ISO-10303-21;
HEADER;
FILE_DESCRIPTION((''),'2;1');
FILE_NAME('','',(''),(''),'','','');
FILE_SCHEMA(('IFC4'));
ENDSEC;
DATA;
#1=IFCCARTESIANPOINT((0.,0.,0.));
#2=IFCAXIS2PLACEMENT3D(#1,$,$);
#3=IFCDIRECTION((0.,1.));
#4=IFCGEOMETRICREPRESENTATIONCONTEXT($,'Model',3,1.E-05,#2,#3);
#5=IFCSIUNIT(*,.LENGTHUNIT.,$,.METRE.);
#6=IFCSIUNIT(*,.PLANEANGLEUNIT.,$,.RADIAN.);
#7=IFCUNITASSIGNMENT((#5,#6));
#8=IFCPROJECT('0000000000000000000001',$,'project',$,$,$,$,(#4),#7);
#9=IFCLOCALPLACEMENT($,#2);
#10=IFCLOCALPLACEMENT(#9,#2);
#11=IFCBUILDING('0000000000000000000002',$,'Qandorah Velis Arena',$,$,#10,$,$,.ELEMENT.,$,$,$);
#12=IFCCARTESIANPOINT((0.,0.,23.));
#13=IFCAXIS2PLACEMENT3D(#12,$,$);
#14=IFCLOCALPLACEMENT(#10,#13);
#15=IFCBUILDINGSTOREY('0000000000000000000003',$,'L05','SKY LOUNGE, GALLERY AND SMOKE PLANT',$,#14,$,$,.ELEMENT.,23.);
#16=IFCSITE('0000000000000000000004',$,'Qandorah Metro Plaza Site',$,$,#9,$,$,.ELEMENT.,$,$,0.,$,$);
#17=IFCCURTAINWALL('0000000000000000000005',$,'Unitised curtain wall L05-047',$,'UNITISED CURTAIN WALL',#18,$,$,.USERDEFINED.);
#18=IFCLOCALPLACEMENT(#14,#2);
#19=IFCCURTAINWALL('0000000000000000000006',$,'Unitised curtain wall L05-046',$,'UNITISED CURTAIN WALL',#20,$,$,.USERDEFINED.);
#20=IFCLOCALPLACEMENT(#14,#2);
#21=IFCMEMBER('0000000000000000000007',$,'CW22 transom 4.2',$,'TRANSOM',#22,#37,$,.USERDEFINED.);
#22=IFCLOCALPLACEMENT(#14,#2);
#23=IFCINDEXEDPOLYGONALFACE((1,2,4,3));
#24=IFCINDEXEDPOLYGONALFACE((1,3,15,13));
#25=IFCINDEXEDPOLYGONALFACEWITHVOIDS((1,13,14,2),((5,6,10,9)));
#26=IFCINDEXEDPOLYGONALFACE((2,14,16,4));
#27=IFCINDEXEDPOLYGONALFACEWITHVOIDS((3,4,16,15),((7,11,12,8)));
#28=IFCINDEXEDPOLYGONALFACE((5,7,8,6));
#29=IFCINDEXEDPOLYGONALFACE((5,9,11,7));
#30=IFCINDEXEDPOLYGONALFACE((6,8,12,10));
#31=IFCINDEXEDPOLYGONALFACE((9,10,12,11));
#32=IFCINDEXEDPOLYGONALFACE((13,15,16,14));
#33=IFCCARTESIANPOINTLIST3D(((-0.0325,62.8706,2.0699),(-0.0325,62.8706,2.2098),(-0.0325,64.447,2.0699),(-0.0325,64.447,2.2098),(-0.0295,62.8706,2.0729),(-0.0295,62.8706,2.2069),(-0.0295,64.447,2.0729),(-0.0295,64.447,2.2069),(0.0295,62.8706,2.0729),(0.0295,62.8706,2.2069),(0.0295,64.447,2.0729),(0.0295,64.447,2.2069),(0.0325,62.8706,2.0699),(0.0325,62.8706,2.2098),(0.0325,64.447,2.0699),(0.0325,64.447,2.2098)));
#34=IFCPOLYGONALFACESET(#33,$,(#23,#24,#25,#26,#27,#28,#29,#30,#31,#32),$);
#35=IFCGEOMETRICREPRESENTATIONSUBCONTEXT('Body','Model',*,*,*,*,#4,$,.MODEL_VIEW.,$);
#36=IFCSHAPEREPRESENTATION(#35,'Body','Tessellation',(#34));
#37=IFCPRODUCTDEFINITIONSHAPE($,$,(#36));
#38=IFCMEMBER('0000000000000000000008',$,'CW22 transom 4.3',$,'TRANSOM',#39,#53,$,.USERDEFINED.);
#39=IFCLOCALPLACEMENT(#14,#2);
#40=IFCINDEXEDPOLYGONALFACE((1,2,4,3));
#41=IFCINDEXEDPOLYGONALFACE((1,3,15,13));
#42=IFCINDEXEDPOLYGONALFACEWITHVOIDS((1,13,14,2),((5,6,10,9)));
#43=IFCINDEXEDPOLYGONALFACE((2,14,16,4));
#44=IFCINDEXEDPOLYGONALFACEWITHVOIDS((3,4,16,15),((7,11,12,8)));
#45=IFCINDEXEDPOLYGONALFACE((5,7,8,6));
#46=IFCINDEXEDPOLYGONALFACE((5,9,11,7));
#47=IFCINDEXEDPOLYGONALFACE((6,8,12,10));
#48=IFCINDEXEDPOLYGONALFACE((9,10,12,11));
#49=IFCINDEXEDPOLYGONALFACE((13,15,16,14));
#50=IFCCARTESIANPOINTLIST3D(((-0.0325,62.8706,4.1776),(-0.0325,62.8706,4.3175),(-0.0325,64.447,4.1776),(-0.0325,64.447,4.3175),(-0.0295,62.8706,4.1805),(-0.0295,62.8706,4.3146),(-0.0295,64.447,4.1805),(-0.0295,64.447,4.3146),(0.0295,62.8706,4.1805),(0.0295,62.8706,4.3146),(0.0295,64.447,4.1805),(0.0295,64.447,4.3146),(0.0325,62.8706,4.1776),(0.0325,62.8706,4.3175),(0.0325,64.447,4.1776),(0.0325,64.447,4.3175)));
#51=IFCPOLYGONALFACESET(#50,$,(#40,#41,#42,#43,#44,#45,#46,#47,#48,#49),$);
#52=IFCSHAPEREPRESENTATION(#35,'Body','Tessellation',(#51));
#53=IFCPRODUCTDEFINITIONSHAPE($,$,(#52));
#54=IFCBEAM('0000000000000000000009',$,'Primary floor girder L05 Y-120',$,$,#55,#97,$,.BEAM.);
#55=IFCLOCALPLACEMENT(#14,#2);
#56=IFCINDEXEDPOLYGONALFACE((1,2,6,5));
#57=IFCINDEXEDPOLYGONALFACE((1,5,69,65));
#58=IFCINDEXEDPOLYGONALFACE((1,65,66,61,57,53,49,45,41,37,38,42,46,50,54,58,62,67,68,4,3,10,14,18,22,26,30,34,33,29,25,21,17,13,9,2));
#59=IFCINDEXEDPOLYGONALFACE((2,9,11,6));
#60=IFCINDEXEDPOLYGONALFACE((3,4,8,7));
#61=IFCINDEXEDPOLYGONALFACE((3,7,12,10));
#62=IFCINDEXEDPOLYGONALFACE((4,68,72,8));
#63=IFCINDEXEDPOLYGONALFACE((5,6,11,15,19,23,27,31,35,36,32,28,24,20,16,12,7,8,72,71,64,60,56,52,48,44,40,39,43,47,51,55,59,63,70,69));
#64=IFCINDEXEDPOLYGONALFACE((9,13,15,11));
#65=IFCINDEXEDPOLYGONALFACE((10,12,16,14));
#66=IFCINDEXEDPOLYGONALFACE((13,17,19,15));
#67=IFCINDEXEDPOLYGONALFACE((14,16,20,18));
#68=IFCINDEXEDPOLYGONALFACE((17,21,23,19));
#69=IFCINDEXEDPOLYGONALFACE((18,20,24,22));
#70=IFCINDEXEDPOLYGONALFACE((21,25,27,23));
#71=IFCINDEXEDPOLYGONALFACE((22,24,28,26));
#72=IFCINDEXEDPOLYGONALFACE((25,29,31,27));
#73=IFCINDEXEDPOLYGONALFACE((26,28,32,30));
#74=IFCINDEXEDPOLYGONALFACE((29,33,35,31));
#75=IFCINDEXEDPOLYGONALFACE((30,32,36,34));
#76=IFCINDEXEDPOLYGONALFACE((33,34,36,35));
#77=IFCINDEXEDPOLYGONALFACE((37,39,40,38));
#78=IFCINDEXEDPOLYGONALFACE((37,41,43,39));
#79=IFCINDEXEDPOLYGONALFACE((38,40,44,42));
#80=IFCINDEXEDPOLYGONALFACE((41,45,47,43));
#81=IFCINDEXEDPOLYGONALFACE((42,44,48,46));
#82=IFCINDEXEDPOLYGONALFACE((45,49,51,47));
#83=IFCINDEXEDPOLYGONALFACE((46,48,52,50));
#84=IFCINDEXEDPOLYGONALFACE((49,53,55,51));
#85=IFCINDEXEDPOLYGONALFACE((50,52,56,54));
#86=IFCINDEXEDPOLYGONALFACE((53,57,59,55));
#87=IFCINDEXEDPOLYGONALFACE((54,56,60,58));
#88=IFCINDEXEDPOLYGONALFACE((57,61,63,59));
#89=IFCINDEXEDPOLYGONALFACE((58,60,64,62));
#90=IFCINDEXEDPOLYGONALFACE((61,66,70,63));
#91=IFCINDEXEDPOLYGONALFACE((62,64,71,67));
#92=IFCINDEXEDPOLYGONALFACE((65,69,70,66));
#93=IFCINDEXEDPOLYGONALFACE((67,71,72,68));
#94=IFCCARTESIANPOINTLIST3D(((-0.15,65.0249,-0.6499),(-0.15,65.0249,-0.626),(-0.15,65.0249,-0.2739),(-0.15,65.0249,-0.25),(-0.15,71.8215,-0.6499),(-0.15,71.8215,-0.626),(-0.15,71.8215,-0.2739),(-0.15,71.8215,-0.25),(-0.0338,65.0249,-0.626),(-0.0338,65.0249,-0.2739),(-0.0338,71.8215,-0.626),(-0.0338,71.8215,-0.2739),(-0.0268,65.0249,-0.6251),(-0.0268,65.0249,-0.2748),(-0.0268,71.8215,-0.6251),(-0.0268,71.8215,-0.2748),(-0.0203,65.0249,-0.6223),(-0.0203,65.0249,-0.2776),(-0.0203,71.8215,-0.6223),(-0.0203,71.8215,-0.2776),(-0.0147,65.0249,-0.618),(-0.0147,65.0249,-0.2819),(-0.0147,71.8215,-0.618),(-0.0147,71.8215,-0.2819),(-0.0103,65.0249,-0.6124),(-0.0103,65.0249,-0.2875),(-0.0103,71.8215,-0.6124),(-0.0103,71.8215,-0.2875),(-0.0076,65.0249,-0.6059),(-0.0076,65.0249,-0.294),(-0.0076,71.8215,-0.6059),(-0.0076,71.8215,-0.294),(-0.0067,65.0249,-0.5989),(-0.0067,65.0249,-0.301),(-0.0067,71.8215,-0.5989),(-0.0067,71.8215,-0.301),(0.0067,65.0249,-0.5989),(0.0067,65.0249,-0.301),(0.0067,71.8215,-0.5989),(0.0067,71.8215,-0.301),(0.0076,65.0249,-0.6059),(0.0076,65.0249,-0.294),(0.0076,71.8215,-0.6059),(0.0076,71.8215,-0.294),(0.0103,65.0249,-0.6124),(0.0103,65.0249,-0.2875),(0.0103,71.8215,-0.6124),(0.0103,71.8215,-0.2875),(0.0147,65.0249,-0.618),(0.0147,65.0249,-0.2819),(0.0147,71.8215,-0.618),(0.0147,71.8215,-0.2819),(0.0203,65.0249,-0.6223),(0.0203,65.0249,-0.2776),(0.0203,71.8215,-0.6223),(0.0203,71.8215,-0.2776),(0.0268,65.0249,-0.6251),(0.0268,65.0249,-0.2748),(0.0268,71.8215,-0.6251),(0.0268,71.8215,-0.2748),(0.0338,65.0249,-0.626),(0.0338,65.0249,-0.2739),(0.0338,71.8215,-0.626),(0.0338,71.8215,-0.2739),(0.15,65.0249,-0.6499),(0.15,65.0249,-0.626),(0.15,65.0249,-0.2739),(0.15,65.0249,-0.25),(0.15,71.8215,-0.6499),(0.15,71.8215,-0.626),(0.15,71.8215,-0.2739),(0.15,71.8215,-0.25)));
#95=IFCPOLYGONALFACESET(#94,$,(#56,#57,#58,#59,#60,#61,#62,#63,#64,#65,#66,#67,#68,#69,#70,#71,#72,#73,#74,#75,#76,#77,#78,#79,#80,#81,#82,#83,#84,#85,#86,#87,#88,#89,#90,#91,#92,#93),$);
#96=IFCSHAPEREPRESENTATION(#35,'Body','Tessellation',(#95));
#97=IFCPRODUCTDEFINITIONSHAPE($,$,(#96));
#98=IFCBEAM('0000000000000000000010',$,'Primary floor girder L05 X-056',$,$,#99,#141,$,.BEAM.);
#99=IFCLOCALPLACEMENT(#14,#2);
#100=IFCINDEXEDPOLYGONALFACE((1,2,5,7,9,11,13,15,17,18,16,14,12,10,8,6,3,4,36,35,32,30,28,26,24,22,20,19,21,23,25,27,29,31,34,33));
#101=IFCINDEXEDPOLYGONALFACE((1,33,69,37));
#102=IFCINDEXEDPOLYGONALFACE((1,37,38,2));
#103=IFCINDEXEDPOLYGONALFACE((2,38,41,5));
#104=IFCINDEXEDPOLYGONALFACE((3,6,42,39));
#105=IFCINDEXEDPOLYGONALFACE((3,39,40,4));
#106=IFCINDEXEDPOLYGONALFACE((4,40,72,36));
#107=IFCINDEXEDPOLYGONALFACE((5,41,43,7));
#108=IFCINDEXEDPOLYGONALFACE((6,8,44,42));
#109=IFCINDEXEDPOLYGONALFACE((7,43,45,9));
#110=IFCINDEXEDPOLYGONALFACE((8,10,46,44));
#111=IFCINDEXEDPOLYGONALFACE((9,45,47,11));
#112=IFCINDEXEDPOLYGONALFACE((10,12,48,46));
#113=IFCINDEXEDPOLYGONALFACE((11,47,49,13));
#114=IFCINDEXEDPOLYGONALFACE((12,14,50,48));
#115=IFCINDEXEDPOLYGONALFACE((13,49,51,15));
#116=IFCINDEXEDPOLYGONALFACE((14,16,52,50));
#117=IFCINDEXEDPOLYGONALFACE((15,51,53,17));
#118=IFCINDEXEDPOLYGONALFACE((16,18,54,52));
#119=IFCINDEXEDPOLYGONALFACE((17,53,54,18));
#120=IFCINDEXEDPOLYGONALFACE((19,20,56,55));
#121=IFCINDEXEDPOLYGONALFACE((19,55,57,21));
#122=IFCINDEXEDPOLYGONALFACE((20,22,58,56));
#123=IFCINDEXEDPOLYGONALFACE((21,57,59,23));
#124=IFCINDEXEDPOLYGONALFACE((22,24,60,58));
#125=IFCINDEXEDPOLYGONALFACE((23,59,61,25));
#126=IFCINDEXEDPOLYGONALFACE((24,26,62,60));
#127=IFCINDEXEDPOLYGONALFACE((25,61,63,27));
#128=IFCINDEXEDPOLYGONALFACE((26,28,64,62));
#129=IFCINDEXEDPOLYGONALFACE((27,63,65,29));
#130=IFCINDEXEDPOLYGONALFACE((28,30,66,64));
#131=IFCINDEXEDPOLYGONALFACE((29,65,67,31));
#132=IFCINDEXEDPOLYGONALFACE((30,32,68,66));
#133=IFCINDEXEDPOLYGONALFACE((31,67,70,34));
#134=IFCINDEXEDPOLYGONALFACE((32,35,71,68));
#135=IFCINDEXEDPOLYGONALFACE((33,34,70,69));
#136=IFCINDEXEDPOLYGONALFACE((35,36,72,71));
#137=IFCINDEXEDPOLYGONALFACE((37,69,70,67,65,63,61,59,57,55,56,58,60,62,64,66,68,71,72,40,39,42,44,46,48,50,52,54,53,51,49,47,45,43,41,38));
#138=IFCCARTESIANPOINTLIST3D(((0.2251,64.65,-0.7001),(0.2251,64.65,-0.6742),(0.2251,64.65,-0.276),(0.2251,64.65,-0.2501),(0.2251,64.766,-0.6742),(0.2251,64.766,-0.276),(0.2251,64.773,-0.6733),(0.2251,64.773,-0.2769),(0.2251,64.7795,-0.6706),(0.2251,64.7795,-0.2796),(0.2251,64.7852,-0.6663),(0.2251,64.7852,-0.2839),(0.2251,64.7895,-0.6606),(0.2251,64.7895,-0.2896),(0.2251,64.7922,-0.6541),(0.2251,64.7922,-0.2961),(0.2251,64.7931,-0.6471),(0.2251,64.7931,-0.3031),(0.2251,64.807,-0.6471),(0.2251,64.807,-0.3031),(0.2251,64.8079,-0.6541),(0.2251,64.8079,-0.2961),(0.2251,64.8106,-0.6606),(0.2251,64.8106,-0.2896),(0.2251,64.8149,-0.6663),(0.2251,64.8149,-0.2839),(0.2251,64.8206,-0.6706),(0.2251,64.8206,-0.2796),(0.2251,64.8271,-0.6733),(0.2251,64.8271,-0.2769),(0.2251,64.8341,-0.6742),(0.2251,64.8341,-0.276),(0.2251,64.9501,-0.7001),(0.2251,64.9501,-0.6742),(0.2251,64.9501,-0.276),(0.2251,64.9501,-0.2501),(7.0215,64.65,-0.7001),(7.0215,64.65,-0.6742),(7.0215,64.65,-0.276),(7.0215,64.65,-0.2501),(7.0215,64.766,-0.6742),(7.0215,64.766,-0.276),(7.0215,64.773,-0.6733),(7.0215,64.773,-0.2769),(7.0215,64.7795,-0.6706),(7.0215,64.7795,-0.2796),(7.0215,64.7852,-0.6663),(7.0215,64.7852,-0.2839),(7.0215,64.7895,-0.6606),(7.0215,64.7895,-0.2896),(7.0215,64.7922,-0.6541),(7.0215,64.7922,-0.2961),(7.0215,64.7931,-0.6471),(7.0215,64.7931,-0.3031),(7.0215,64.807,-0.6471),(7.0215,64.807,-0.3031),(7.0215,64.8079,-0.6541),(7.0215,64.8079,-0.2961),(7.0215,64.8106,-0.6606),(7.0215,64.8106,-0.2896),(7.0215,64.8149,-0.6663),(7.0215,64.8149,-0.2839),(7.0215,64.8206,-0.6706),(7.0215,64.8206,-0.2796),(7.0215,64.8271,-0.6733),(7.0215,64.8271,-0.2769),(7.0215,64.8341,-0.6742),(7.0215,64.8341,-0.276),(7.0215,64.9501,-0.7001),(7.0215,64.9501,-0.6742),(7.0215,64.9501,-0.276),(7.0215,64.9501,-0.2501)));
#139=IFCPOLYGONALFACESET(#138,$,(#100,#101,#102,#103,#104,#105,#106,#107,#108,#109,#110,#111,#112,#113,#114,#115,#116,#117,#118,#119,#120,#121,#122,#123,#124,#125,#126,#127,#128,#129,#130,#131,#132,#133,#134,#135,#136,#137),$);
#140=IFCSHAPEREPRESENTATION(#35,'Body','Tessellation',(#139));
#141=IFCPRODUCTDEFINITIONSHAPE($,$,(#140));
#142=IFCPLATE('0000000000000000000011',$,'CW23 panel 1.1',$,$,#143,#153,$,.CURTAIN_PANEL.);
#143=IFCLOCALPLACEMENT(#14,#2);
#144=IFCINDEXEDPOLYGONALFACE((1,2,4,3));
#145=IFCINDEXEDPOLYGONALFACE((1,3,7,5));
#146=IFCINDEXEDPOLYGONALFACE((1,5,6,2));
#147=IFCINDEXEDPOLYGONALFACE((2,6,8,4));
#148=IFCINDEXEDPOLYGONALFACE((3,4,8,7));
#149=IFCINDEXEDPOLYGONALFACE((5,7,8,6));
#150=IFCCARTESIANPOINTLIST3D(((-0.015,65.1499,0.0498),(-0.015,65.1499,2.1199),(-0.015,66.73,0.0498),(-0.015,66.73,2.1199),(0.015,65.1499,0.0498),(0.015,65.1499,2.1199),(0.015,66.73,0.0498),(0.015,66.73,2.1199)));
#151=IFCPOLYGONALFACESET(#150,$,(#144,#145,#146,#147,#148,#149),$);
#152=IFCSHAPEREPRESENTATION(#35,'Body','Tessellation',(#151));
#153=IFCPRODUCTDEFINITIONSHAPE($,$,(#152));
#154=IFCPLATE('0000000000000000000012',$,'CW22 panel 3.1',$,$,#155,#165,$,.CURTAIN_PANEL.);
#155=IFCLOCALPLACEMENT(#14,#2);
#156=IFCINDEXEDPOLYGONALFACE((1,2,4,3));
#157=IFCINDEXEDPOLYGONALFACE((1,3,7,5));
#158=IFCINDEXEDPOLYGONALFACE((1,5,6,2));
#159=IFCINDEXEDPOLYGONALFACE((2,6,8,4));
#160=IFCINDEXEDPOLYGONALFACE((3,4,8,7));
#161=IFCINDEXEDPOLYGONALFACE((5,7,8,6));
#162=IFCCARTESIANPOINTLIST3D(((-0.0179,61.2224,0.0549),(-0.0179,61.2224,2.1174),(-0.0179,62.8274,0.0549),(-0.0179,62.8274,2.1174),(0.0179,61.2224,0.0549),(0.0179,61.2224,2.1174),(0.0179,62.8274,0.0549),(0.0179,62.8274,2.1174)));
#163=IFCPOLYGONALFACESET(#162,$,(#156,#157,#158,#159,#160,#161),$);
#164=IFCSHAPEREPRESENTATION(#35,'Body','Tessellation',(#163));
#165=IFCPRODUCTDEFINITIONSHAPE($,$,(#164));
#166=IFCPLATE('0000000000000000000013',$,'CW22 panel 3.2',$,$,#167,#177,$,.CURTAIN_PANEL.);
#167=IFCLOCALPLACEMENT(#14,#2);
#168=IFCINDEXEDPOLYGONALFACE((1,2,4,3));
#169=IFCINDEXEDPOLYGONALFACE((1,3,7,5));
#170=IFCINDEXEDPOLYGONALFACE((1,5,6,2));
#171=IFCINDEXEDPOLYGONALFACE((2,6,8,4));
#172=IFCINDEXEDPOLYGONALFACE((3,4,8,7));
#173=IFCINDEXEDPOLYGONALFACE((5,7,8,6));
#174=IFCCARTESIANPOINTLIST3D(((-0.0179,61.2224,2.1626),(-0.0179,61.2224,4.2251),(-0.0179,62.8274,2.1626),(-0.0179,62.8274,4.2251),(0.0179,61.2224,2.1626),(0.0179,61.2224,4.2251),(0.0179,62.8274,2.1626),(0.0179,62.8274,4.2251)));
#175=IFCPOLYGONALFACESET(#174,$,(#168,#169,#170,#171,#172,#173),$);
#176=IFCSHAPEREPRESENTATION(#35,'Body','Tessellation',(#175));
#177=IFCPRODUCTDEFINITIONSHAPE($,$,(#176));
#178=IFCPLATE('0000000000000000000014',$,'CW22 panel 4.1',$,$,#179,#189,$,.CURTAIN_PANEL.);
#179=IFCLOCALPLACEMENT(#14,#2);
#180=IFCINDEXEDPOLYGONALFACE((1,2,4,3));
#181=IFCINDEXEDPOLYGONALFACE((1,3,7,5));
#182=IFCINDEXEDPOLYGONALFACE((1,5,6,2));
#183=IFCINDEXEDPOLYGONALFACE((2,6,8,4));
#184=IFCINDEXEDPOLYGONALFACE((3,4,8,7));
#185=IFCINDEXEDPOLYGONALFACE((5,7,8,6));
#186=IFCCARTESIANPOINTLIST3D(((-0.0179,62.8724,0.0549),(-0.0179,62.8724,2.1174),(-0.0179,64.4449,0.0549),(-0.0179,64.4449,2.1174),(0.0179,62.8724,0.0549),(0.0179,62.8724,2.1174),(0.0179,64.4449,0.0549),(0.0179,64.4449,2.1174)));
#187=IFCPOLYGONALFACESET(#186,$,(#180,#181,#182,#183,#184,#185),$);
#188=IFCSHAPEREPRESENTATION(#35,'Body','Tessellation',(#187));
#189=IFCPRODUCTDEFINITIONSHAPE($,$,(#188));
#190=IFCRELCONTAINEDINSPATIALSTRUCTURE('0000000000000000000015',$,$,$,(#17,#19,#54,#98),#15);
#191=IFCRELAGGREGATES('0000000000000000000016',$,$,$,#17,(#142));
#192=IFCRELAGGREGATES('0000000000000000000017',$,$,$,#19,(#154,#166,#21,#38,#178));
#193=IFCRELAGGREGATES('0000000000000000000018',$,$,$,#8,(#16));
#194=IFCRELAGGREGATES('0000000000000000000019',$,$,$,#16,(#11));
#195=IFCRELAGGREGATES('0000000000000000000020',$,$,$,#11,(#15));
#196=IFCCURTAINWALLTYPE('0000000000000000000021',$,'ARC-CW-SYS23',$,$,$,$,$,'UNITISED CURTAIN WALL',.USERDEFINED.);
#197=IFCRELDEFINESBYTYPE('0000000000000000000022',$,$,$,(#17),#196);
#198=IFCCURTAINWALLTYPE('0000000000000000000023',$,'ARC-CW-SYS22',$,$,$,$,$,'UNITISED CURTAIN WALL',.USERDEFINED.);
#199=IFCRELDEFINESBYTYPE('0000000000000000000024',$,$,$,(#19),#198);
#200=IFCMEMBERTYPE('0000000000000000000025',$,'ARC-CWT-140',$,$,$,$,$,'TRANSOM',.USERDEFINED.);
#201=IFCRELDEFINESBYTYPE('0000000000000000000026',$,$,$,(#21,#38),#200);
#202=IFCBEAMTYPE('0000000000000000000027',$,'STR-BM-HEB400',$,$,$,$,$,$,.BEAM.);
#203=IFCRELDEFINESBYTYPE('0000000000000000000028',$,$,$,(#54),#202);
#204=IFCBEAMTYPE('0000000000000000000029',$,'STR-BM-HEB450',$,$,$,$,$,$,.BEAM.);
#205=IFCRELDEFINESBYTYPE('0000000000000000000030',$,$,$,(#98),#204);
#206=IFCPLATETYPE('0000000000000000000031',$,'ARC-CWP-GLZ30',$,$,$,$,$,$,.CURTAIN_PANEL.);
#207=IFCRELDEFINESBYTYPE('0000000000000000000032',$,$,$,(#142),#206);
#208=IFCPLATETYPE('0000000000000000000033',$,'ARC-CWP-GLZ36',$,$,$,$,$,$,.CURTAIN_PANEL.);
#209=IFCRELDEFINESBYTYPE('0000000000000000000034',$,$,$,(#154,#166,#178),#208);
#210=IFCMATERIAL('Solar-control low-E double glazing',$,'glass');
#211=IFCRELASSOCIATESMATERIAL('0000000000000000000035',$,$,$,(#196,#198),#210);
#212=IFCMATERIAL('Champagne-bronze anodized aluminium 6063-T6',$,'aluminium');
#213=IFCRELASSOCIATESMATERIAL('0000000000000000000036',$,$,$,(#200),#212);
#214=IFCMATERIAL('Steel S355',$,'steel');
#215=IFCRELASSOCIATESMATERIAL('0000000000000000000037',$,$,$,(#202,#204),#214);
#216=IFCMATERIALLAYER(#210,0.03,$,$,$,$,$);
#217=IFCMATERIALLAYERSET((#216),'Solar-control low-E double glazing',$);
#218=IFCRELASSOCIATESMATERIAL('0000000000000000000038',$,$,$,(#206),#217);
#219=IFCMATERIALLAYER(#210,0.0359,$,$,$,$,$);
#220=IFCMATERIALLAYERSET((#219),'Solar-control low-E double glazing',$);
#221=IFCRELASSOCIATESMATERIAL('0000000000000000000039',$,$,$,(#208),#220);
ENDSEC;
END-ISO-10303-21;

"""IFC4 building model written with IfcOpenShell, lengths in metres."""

from ifc_helpers import new_model, si_unit, direction, frame, origin, origin_2d, place, context, subcontext, project, spatial, rectangle, hollow_rectangle, i_section, extrude, material, layer, layer_set, material_profile, profile_set, type_object, element, aggregate, save


model = new_model("IFC4")

# Units and contexts
model_context = context("Model", 3, precision=1e-05, world=origin(), true_north=direction((0.0, 1.0)))
body_context = subcontext(model_context, "Body", "Model", "MODEL_VIEW")
ifc_project = project(units=[si_unit("LENGTHUNIT", "METRE"), si_unit("PLANEANGLEUNIT", "RADIAN")], contexts=[model_context])

# Site, building, storey
site_placement = place(None, origin())
site = spatial("IfcSite", under=ifc_project, at=site_placement, Name="Qandorah Metro Plaza Site", CompositionType="ELEMENT", RefElevation=0.0)
building_placement = place(site_placement, origin())
building = spatial("IfcBuilding", under=site, at=building_placement, Name="Qandorah Velis Arena", CompositionType="ELEMENT")
storey_placement = place(building_placement, frame((0.0, 0.0, 23.0)))
storey = spatial("IfcBuildingStorey", under=building, at=storey_placement, Name="L05", Description="SKY LOUNGE, GALLERY AND SMOKE PLANT", CompositionType="ELEMENT", Elevation=23.0)

# Curtain wall
ifc_material_1 = material(Name="Solar-control low-E double glazing", Category="glass")
curtain_wall_type_1 = type_object("IfcCurtainWallType", Name="ARC-CW-SYS23", ElementType="UNITISED CURTAIN WALL", PredefinedType="USERDEFINED", material=ifc_material_1)
curtain_wall_1_placement = place(storey_placement, origin())
curtain_wall_1 = element("IfcCurtainWall", 1, at=curtain_wall_1_placement, inside=storey, type_object=curtain_wall_type_1, Name="Unitised curtain wall L05-047", ObjectType="UNITISED CURTAIN WALL", PredefinedType="USERDEFINED")
ifc_material_2 = material(Name="Champagne-bronze anodized aluminium 6063-T6", Category="aluminium")

# Curtain wall
curtain_wall_type_2 = type_object("IfcCurtainWallType", Name="ARC-CW-SYS22", ElementType="UNITISED CURTAIN WALL", PredefinedType="USERDEFINED", material=ifc_material_1)
curtain_wall_2_placement = place(storey_placement, origin())
curtain_wall_2 = element("IfcCurtainWall", 2, at=curtain_wall_2_placement, inside=storey, type_object=curtain_wall_type_2, Name="Unitised curtain wall L05-046", ObjectType="UNITISED CURTAIN WALL", PredefinedType="USERDEFINED")

# Members
ifc_material_profile_1 = material_profile(ifc_material_2, hollow_rectangle(XDim=0.0649, YDim=0.1399, WallThickness=0.0029, at=origin_2d()), Name="ALU TRANSOM 65x140")
ifc_profile_set_1 = profile_set([ifc_material_profile_1], Name="Champagne-bronze anodized aluminium 6063-T6")
member_type_1 = type_object("IfcMemberType", Name="ARC-CWT-140", ElementType="TRANSOM", PredefinedType="USERDEFINED", material=ifc_profile_set_1)
member_1_placement = place(storey_placement, frame((0.0, 62.8706, 2.1399), z_axis=(0.0, 1.0, 0.0), x_axis=(-1.0, 0.0, 0.0)))
member_1 = element("IfcMember", 3, at=member_1_placement, type_object=member_type_1, Name="CW22 transom 4.2", ObjectType="TRANSOM", PredefinedType="USERDEFINED", context=body_context, shape_type="SweptSolid", body=[
    extrude(hollow_rectangle(XDim=0.0649, YDim=0.1399, WallThickness=0.0029, at=origin_2d()), origin(), (0.0, 0.0, 1.0), 1.5764),
])
member_2_placement = place(storey_placement, frame((0.0, 62.8706, 4.2476), z_axis=(0.0, 1.0, 0.0), x_axis=(-1.0, 0.0, 0.0)))
member_2 = element("IfcMember", 4, at=member_2_placement, type_object=member_type_1, Name="CW22 transom 4.3", ObjectType="TRANSOM", PredefinedType="USERDEFINED", context=body_context, shape_type="SweptSolid", body=[
    extrude(hollow_rectangle(XDim=0.0649, YDim=0.1399, WallThickness=0.0029, at=origin_2d()), origin(), (0.0, 0.0, 1.0), 1.5764),
])

# Beams
ifc_material_3 = material(Name="Steel S355", Category="steel")
ifc_material_profile_2 = material_profile(ifc_material_3, i_section(OverallWidth=0.3, OverallDepth=0.3999, WebThickness=0.0134, FlangeThickness=0.0239, FilletRadius=0.0271, at=origin_2d()), Name="HEB 400")
ifc_profile_set_2 = profile_set([ifc_material_profile_2], Name="Steel S355")
beam_type_1 = type_object("IfcBeamType", Name="STR-BM-HEB400", PredefinedType="BEAM", material=ifc_profile_set_2)
beam_1_placement = place(storey_placement, frame((0.0, 65.0249, -0.45), z_axis=(0.0, 1.0, 0.0), x_axis=(-1.0, 0.0, 0.0)))
element("IfcBeam", 5, at=beam_1_placement, inside=storey, type_object=beam_type_1, Name="Primary floor girder L05 Y-120", PredefinedType="BEAM", context=body_context, shape_type="SweptSolid", body=[
    extrude(i_section(OverallWidth=0.3, OverallDepth=0.3999, WebThickness=0.0134, FlangeThickness=0.0239, FilletRadius=0.0271, at=origin_2d()), origin(), (0.0, 0.0, 1.0), 6.7966),
])
ifc_material_profile_3 = material_profile(ifc_material_3, i_section(OverallWidth=0.3, OverallDepth=0.45, WebThickness=0.0139, FlangeThickness=0.0259, FilletRadius=0.0271, at=origin_2d()), Name="HEB 450")
ifc_profile_set_3 = profile_set([ifc_material_profile_3], Name="Steel S355")
beam_type_2 = type_object("IfcBeamType", Name="STR-BM-HEB450", PredefinedType="BEAM", material=ifc_profile_set_3)
beam_2_placement = place(storey_placement, frame((0.2251, 64.8, -0.4751), z_axis=(1.0, 0.0, 0.0), x_axis=(0.0, 1.0, 0.0)))
element("IfcBeam", 6, at=beam_2_placement, inside=storey, type_object=beam_type_2, Name="Primary floor girder L05 X-056", PredefinedType="BEAM", context=body_context, shape_type="SweptSolid", body=[
    extrude(i_section(OverallWidth=0.3, OverallDepth=0.45, WebThickness=0.0139, FlangeThickness=0.0259, FilletRadius=0.0271, at=origin_2d()), origin(), (0.0, 0.0, 1.0), 6.7964),
])

# Plates
ifc_layer_1 = layer(ifc_material_1, 0.03)
ifc_layer_set_1 = layer_set([ifc_layer_1], Name="Solar-control low-E double glazing")
plate_type_1 = type_object("IfcPlateType", Name="ARC-CWP-GLZ30", PredefinedType="CURTAIN_PANEL", material=ifc_layer_set_1)
plate_1_placement = place(storey_placement, frame((0.0, 65.9399, 0.0498), z_axis=(0.0, 0.0, 1.0), x_axis=(0.0, 1.0, 0.0)))
plate_1 = element("IfcPlate", 7, at=plate_1_placement, type_object=plate_type_1, Name="CW23 panel 1.1", PredefinedType="CURTAIN_PANEL", context=body_context, shape_type="SweptSolid", body=[
    extrude(rectangle(XDim=1.5801, YDim=0.03, at=origin_2d()), origin(), (0.0, 0.0, 1.0), 2.0701),
])
aggregate(curtain_wall_1, [plate_1])
ifc_layer_2 = layer(ifc_material_1, 0.0359)
ifc_layer_set_2 = layer_set([ifc_layer_2], Name="Solar-control low-E double glazing")
plate_type_2 = type_object("IfcPlateType", Name="ARC-CWP-GLZ36", PredefinedType="CURTAIN_PANEL", material=ifc_layer_set_2)
plate_2_placement = place(storey_placement, frame((0.0, 62.0249, 0.0549), z_axis=(0.0, 0.0, 1.0), x_axis=(0.0, 1.0, 0.0)))
plate_2 = element("IfcPlate", 8, at=plate_2_placement, type_object=plate_type_2, Name="CW22 panel 3.1", PredefinedType="CURTAIN_PANEL", context=body_context, shape_type="SweptSolid", body=[
    extrude(rectangle(XDim=1.605, YDim=0.0359, at=origin_2d()), origin(), (0.0, 0.0, 1.0), 2.0625),
])
plate_3_placement = place(storey_placement, frame((0.0, 62.0249, 2.1626), z_axis=(0.0, 0.0, 1.0), x_axis=(0.0, 1.0, 0.0)))
plate_3 = element("IfcPlate", 9, at=plate_3_placement, type_object=plate_type_2, Name="CW22 panel 3.2", PredefinedType="CURTAIN_PANEL", context=body_context, shape_type="SweptSolid", body=[
    extrude(rectangle(XDim=1.605, YDim=0.0359, at=origin_2d()), origin(), (0.0, 0.0, 1.0), 2.0625),
])
plate_4_placement = place(storey_placement, frame((0.0, 63.6587, 0.0549), z_axis=(0.0, 0.0, 1.0), x_axis=(0.0, 1.0, 0.0)))
plate_4 = element("IfcPlate", 10, at=plate_4_placement, type_object=plate_type_2, Name="CW22 panel 4.1", PredefinedType="CURTAIN_PANEL", context=body_context, shape_type="SweptSolid", body=[
    extrude(rectangle(XDim=1.5725, YDim=0.0359, at=origin_2d()), origin(), (0.0, 0.0, 1.0), 2.0625),
])
aggregate(curtain_wall_2, [plate_2, plate_3, member_1, member_2, plate_4])

save(model, "model.ifc")
